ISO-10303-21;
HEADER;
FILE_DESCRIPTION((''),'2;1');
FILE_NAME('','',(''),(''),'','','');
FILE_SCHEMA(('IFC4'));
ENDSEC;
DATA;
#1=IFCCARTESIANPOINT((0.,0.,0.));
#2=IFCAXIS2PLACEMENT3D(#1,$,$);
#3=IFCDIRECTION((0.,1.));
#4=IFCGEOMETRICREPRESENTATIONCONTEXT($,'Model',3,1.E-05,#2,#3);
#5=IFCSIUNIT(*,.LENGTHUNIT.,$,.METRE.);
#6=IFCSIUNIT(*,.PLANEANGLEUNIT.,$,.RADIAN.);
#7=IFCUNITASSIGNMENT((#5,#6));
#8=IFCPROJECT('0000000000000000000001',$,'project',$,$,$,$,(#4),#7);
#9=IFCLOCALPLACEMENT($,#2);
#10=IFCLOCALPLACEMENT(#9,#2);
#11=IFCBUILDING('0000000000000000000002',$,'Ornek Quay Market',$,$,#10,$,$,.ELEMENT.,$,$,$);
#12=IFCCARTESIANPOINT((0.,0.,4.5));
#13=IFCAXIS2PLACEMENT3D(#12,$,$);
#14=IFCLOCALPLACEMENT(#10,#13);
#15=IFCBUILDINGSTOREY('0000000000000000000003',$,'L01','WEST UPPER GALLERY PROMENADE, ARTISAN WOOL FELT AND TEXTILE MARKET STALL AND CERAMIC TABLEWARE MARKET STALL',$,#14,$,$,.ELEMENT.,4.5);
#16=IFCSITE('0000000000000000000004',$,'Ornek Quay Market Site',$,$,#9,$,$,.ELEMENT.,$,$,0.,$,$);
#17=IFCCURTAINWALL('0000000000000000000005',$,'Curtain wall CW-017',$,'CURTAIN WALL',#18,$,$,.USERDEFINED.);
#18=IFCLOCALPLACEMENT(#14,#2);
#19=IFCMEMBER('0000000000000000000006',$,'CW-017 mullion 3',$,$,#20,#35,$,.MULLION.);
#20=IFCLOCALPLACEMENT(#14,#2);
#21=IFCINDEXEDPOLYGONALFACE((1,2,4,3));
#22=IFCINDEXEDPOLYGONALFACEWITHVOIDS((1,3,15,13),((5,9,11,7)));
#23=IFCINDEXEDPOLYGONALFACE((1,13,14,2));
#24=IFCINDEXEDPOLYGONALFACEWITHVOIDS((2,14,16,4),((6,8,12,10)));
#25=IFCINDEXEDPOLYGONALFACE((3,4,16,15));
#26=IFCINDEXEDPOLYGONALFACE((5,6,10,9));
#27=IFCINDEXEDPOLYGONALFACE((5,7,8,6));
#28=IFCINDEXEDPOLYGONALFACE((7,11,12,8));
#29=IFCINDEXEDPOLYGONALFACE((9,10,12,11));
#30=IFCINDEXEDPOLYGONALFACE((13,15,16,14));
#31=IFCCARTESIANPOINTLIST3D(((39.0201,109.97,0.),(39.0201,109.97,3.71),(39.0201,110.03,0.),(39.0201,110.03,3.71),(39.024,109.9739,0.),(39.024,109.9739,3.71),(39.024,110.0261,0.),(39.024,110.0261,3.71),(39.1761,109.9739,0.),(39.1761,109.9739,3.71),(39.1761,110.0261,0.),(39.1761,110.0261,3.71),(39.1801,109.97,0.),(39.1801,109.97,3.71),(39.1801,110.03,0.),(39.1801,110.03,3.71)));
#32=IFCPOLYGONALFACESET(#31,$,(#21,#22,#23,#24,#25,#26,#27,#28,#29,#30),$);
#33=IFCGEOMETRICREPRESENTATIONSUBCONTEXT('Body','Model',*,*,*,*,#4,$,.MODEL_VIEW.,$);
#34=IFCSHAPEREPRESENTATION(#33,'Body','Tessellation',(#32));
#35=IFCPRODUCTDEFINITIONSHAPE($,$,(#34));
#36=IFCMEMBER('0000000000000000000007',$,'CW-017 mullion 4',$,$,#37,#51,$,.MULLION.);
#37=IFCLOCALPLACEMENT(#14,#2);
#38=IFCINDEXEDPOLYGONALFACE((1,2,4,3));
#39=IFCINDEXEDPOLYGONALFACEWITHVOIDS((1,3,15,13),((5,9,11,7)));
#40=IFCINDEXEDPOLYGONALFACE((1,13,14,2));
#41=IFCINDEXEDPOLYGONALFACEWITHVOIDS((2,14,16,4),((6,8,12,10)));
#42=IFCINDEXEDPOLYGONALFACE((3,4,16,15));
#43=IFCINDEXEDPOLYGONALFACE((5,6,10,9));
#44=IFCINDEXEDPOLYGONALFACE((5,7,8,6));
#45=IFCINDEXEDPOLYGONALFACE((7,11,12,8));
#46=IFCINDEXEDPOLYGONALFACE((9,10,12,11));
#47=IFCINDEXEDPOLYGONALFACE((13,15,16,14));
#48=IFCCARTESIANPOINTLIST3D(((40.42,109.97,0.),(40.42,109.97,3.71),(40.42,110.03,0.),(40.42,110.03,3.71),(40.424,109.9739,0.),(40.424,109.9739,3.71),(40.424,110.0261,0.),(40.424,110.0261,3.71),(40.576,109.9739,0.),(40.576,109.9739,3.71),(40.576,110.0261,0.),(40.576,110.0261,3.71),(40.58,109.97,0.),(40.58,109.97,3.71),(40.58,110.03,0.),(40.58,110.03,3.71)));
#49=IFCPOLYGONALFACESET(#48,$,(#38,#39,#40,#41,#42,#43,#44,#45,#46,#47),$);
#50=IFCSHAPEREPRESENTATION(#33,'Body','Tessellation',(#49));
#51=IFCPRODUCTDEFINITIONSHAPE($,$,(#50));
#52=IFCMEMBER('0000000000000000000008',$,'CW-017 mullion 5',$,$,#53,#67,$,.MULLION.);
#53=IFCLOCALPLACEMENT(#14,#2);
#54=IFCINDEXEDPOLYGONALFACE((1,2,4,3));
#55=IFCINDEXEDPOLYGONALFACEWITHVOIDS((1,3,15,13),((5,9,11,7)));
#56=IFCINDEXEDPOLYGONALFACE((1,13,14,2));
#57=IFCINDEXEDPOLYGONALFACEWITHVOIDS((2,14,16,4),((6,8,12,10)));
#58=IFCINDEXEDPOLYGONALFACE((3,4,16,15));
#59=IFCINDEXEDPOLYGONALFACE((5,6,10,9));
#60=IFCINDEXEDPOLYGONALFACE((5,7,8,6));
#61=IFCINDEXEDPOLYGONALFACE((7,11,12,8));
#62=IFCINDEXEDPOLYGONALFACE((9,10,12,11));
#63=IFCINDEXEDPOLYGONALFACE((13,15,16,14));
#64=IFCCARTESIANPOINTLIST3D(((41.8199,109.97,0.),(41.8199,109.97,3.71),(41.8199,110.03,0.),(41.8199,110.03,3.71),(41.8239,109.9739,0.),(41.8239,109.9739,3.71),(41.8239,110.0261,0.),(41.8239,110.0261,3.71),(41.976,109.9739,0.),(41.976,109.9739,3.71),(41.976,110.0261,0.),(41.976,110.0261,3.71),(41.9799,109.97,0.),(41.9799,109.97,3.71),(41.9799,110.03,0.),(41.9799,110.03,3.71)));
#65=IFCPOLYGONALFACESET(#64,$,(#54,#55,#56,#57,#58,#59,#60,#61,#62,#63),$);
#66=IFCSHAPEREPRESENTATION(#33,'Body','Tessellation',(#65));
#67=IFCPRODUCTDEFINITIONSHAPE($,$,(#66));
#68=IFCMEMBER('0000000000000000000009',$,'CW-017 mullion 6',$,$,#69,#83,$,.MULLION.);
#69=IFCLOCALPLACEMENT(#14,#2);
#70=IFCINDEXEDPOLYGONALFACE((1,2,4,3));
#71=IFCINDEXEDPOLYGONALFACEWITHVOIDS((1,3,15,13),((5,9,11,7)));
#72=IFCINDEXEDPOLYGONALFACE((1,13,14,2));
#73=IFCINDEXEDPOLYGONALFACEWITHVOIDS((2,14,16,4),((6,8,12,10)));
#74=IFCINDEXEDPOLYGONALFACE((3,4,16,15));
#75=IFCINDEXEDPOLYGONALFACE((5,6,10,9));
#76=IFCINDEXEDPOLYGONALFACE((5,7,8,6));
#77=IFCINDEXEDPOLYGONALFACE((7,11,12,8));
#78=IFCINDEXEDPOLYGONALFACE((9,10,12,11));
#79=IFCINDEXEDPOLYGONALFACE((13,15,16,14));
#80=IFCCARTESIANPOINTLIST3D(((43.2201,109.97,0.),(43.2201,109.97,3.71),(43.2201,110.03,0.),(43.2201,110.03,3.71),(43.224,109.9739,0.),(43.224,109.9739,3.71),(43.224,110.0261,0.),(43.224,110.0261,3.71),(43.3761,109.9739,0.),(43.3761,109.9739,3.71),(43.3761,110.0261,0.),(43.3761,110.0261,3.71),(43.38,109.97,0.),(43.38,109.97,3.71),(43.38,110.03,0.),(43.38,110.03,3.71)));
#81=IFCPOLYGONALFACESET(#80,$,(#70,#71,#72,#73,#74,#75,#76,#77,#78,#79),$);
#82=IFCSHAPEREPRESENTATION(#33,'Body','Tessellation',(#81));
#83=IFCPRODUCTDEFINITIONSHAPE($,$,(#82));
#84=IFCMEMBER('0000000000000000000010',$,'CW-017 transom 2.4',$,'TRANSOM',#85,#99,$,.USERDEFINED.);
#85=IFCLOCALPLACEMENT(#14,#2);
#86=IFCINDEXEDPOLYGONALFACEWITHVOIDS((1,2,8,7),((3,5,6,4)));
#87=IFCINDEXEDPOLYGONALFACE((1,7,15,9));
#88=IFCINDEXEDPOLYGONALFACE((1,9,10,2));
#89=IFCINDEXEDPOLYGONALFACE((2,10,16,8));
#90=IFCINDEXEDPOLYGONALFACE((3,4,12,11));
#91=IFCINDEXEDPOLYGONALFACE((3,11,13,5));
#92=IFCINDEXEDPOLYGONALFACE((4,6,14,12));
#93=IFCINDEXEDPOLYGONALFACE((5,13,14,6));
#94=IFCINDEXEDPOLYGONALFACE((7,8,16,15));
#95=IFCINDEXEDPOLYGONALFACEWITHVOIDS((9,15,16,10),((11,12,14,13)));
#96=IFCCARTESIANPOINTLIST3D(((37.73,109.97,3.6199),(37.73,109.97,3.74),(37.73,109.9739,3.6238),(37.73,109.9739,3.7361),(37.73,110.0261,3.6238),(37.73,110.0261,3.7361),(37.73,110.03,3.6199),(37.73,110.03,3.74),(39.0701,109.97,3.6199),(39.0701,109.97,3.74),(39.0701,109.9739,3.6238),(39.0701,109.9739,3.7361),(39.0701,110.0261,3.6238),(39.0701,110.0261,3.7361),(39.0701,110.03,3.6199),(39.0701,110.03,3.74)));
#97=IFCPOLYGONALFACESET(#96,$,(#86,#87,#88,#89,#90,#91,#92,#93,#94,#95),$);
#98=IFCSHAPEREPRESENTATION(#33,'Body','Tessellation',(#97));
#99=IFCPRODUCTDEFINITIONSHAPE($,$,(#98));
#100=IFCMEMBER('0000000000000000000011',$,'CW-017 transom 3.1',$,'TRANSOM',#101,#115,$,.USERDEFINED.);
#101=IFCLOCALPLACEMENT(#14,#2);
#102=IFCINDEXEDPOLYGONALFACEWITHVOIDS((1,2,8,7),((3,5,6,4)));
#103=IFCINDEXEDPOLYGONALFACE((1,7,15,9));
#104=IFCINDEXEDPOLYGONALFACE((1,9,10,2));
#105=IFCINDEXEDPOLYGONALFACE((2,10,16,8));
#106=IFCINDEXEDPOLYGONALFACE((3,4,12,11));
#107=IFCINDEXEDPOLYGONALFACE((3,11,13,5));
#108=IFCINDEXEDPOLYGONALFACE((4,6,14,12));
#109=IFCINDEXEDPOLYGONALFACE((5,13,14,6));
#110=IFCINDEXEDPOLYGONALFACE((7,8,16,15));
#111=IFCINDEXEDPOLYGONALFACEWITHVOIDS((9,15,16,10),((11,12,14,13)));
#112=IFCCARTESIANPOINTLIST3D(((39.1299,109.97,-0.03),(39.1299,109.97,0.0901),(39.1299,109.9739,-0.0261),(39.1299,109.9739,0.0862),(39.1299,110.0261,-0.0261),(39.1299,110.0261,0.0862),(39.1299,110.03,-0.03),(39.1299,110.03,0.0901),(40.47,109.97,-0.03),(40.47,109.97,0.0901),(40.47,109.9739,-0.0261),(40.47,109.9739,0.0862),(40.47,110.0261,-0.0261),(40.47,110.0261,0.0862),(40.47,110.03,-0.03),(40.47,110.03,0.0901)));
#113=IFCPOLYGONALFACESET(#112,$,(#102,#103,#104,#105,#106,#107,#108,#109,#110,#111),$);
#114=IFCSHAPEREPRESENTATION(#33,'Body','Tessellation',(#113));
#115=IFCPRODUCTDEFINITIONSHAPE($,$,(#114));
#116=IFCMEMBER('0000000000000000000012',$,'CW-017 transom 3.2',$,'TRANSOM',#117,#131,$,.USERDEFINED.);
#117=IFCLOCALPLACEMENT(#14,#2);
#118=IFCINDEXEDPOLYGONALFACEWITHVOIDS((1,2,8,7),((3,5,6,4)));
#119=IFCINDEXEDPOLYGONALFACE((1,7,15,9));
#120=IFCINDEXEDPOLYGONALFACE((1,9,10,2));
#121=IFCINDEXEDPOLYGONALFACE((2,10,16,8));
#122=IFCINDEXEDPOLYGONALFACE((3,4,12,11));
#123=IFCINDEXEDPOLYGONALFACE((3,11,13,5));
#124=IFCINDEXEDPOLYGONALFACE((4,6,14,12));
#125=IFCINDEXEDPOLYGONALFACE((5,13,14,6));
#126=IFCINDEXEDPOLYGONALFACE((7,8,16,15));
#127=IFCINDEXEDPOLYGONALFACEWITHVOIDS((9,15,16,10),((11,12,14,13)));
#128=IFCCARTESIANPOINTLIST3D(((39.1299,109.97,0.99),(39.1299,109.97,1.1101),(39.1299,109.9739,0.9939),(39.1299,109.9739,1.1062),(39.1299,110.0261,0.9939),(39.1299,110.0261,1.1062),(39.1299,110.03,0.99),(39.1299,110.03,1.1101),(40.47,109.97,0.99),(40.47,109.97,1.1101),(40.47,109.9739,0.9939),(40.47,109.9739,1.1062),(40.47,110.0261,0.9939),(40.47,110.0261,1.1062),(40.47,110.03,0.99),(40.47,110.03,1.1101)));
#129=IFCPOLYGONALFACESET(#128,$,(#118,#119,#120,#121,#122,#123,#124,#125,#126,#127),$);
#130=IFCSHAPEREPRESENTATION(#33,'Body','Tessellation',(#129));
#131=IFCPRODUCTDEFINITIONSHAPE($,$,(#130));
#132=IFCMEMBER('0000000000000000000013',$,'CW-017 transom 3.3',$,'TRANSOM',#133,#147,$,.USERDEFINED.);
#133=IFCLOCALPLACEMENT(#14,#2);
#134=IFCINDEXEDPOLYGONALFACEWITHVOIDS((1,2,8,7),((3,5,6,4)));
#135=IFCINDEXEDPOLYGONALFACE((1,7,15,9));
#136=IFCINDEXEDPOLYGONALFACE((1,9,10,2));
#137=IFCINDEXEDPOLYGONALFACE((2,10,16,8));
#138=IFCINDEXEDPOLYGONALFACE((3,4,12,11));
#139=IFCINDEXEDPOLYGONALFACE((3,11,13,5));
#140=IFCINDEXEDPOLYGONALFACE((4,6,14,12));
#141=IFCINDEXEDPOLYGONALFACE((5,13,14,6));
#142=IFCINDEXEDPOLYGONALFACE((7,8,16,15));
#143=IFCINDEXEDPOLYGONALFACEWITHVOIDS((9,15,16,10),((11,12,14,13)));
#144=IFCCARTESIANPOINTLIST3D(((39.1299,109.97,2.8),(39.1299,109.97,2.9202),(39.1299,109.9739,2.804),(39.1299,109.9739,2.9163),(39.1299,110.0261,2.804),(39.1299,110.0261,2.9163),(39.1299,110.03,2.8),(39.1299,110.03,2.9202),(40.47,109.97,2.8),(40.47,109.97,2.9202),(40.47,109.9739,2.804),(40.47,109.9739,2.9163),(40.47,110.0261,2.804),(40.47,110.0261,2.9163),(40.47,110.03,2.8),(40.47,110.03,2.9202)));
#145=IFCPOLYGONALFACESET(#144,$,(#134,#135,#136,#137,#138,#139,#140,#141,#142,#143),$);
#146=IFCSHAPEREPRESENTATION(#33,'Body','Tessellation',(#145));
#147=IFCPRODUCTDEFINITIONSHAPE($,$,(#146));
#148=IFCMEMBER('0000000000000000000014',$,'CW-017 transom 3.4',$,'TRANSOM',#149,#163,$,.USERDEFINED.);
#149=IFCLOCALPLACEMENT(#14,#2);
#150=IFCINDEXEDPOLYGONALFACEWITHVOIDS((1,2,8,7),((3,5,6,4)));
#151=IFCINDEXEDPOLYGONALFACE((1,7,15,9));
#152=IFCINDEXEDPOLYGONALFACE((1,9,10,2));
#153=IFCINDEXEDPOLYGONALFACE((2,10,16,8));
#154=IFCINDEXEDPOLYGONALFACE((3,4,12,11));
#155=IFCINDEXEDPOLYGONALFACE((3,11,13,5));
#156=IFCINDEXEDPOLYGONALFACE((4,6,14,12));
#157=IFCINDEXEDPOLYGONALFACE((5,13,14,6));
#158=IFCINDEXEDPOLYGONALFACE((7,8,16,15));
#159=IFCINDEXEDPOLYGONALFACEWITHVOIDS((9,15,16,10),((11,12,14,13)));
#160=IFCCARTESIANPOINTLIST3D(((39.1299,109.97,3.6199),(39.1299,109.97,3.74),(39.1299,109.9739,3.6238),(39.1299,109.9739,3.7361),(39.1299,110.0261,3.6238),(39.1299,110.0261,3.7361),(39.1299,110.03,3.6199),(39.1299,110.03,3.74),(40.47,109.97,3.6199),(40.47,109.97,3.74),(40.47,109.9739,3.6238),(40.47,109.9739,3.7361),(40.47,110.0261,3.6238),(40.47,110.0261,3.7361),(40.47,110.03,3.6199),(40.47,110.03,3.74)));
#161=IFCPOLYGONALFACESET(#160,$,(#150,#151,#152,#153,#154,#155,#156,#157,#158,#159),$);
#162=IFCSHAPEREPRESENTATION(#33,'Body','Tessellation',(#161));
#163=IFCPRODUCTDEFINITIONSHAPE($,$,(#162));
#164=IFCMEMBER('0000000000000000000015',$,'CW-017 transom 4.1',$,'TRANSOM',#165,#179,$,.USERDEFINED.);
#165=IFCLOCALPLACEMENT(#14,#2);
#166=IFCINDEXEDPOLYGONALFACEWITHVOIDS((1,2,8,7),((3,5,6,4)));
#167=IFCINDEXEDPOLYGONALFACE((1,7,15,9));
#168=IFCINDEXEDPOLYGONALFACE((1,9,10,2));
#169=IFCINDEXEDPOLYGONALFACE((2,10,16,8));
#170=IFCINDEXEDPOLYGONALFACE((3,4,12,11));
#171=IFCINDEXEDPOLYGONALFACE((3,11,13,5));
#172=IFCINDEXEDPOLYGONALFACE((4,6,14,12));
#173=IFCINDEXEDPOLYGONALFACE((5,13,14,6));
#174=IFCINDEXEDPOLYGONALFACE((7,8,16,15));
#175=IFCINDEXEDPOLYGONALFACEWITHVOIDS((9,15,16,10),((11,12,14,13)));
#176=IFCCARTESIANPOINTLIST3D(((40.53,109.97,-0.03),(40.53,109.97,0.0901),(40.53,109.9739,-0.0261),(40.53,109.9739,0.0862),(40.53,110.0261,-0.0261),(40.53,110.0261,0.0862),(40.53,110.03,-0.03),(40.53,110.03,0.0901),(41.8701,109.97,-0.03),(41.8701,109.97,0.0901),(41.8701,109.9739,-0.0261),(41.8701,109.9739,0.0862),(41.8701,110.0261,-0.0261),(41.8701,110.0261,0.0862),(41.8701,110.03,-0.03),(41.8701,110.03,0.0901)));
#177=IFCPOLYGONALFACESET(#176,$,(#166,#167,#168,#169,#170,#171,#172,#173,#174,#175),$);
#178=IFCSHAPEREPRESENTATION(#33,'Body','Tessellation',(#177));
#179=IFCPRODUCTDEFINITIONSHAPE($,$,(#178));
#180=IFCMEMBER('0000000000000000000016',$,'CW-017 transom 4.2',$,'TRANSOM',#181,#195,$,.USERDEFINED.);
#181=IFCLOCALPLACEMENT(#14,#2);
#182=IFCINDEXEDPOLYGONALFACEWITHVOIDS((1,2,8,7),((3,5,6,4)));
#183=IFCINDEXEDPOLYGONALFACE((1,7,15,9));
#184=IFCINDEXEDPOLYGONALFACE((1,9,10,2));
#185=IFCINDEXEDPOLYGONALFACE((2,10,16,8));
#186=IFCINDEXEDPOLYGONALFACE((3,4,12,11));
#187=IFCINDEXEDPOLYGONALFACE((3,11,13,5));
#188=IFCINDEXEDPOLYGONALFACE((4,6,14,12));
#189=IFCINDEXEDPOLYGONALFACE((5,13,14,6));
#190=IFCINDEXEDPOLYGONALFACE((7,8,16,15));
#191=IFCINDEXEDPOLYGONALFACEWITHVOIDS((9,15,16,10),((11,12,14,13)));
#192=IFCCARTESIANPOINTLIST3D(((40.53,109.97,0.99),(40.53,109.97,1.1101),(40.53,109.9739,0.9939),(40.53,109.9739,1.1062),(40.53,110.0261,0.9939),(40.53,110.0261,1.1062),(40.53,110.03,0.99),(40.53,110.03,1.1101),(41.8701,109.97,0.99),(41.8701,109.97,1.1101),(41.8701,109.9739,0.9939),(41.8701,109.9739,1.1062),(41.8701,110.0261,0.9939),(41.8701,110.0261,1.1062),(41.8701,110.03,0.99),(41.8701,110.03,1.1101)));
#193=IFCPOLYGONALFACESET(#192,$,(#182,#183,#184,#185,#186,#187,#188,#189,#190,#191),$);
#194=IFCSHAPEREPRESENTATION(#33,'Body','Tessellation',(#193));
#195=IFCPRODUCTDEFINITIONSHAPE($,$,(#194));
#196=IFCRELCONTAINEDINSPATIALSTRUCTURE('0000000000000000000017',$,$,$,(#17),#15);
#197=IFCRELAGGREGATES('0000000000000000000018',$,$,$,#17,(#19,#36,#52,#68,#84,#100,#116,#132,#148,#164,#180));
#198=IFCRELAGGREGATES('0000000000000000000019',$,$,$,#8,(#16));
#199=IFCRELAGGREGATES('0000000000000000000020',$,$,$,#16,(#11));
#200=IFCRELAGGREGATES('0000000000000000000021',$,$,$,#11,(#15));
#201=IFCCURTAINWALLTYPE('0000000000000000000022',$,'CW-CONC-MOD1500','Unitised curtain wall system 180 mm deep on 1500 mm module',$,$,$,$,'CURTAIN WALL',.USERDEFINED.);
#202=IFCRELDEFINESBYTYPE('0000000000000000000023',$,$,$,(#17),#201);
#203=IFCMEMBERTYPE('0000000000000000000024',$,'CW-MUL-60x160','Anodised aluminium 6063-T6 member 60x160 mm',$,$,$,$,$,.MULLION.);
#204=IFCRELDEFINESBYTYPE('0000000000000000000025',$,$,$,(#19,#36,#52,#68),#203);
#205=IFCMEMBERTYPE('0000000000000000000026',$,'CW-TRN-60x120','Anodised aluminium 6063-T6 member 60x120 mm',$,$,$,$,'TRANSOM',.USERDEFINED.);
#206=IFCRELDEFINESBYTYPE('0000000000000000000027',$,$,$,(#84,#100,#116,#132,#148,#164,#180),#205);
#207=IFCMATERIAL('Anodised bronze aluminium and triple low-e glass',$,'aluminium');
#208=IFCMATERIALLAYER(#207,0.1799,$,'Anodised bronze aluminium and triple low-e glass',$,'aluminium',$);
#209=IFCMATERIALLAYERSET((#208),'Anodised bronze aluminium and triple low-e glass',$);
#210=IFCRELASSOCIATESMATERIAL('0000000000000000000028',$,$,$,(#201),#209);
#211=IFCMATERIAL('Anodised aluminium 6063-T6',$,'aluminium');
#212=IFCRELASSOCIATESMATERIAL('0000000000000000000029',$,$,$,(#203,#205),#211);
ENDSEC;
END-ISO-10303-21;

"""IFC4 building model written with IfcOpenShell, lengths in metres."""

from ifc_helpers import new_model, si_unit, direction, frame, origin, origin_2d, place, context, subcontext, project, spatial, hollow_rectangle, extrude, material, layer, layer_set, material_profile, profile_set, type_object, element, aggregate, save


model = new_model("IFC4")

# Units and contexts
model_context = context("Model", 3, precision=1e-05, world=origin(), true_north=direction((0.0, 1.0)))
body_context = subcontext(model_context, "Body", "Model", "MODEL_VIEW")
ifc_project = project(units=[si_unit("LENGTHUNIT", "METRE"), si_unit("PLANEANGLEUNIT", "RADIAN")], contexts=[model_context])

# Site, building, storey
site_placement = place(None, origin())
site = spatial("IfcSite", under=ifc_project, at=site_placement, Name="Ornek Quay Market Site", CompositionType="ELEMENT", RefElevation=0.0)
building_placement = place(site_placement, origin())
building = spatial("IfcBuilding", under=site, at=building_placement, Name="Ornek Quay Market", CompositionType="ELEMENT")
storey_placement = place(building_placement, frame((0.0, 0.0, 4.5)))
storey = spatial("IfcBuildingStorey", under=building, at=storey_placement, Name="L01", Description="WEST UPPER GALLERY PROMENADE, ARTISAN WOOL FELT AND TEXTILE MARKET STALL AND CERAMIC TABLEWARE MARKET STALL", CompositionType="ELEMENT", Elevation=4.5)

# Curtain wall, members
ifc_material_1 = material(Name="Anodised bronze aluminium and triple low-e glass", Category="aluminium")
ifc_layer_1 = layer(ifc_material_1, 0.1799, Name="Anodised bronze aluminium and triple low-e glass", Category="aluminium")
ifc_layer_set_1 = layer_set([ifc_layer_1], Name="Anodised bronze aluminium and triple low-e glass")
curtain_wall_type = type_object("IfcCurtainWallType", Name="CW-CONC-MOD1500", Description="Unitised curtain wall system 180 mm deep on 1500 mm module", ElementType="CURTAIN WALL", PredefinedType="USERDEFINED", material=ifc_layer_set_1)
curtain_wall_placement = place(storey_placement, origin())
curtain_wall = element("IfcCurtainWall", 1, at=curtain_wall_placement, inside=storey, type_object=curtain_wall_type, Name="Curtain wall CW-017", ObjectType="CURTAIN WALL", PredefinedType="USERDEFINED")
ifc_material_2 = material(Name="Anodised aluminium 6063-T6", Category="aluminium")
ifc_material_profile_1 = material_profile(ifc_material_2, hollow_rectangle(XDim=0.0601, YDim=0.1599, WallThickness=0.0039, at=origin_2d()), Name="CW-MUL-60x160", Category="aluminium")
ifc_profile_set_1 = profile_set([ifc_material_profile_1], Name="Anodised aluminium 6063-T6")
member_type_1 = type_object("IfcMemberType", Name="CW-MUL-60x160", Description="Anodised aluminium 6063-T6 member 60x160 mm", PredefinedType="MULLION", material=ifc_profile_set_1)
member_1_placement = place(storey_placement, frame((39.1001, 110.0, 0.0), z_axis=(0.0, 0.0, 1.0), x_axis=(0.0, 1.0, 0.0)))
member_1 = element("IfcMember", 2, at=member_1_placement, type_object=member_type_1, Name="CW-017 mullion 3", PredefinedType="MULLION", context=body_context, shape_type="SweptSolid", body=[
    extrude(hollow_rectangle(XDim=0.0601, YDim=0.1599, WallThickness=0.0039, at=origin_2d()), origin(), (0.0, 0.0, 1.0), 3.71),
])
member_2_placement = place(storey_placement, frame((40.5, 110.0, 0.0), z_axis=(0.0, 0.0, 1.0), x_axis=(0.0, 1.0, 0.0)))
member_2 = element("IfcMember", 3, at=member_2_placement, type_object=member_type_1, Name="CW-017 mullion 4", PredefinedType="MULLION", context=body_context, shape_type="SweptSolid", body=[
    extrude(hollow_rectangle(XDim=0.0601, YDim=0.1599, WallThickness=0.0039, at=origin_2d()), origin(), (0.0, 0.0, 1.0), 3.71),
])
member_3_placement = place(storey_placement, frame((41.8999, 110.0, 0.0), z_axis=(0.0, 0.0, 1.0), x_axis=(0.0, 1.0, 0.0)))
member_3 = element("IfcMember", 4, at=member_3_placement, type_object=member_type_1, Name="CW-017 mullion 5", PredefinedType="MULLION", context=body_context, shape_type="SweptSolid", body=[
    extrude(hollow_rectangle(XDim=0.0601, YDim=0.1599, WallThickness=0.0039, at=origin_2d()), origin(), (0.0, 0.0, 1.0), 3.71),
])
member_4_placement = place(storey_placement, frame((43.3, 110.0, 0.0), z_axis=(0.0, 0.0, 1.0), x_axis=(0.0, 1.0, 0.0)))
member_4 = element("IfcMember", 5, at=member_4_placement, type_object=member_type_1, Name="CW-017 mullion 6", PredefinedType="MULLION", context=body_context, shape_type="SweptSolid", body=[
    extrude(hollow_rectangle(XDim=0.0601, YDim=0.1599, WallThickness=0.0039, at=origin_2d()), origin(), (0.0, 0.0, 1.0), 3.71),
])
ifc_material_profile_2 = material_profile(ifc_material_2, hollow_rectangle(XDim=0.0601, YDim=0.1201, WallThickness=0.0039, at=origin_2d()), Name="CW-TRN-60x120", Category="aluminium")
ifc_profile_set_2 = profile_set([ifc_material_profile_2], Name="Anodised aluminium 6063-T6")
member_type_2 = type_object("IfcMemberType", Name="CW-TRN-60x120", Description="Anodised aluminium 6063-T6 member 60x120 mm", ElementType="TRANSOM", PredefinedType="USERDEFINED", material=ifc_profile_set_2)
member_5_placement = place(storey_placement, frame((37.73, 110.0, 3.6799), z_axis=(1.0, 0.0, 0.0), x_axis=(0.0, 1.0, 0.0)))
member_5 = element("IfcMember", 6, at=member_5_placement, type_object=member_type_2, Name="CW-017 transom 2.4", ObjectType="TRANSOM", PredefinedType="USERDEFINED", context=body_context, shape_type="SweptSolid", body=[
    extrude(hollow_rectangle(XDim=0.0601, YDim=0.1201, WallThickness=0.0039, at=origin_2d()), origin(), (0.0, 0.0, 1.0), 1.3401),
])
member_6_placement = place(storey_placement, frame((39.1299, 110.0, 0.03), z_axis=(1.0, 0.0, 0.0), x_axis=(0.0, 1.0, 0.0)))
member_6 = element("IfcMember", 7, at=member_6_placement, type_object=member_type_2, Name="CW-017 transom 3.1", ObjectType="TRANSOM", PredefinedType="USERDEFINED", context=body_context, shape_type="SweptSolid", body=[
    extrude(hollow_rectangle(XDim=0.0601, YDim=0.1201, WallThickness=0.0039, at=origin_2d()), origin(), (0.0, 0.0, 1.0), 1.3401),
])
member_7_placement = place(storey_placement, frame((39.1299, 110.0, 1.05), z_axis=(1.0, 0.0, 0.0), x_axis=(0.0, 1.0, 0.0)))
member_7 = element("IfcMember", 8, at=member_7_placement, type_object=member_type_2, Name="CW-017 transom 3.2", ObjectType="TRANSOM", PredefinedType="USERDEFINED", context=body_context, shape_type="SweptSolid", body=[
    extrude(hollow_rectangle(XDim=0.0601, YDim=0.1201, WallThickness=0.0039, at=origin_2d()), origin(), (0.0, 0.0, 1.0), 1.3401),
])
member_8_placement = place(storey_placement, frame((39.1299, 110.0, 2.8601), z_axis=(1.0, 0.0, 0.0), x_axis=(0.0, 1.0, 0.0)))
member_8 = element("IfcMember", 9, at=member_8_placement, type_object=member_type_2, Name="CW-017 transom 3.3", ObjectType="TRANSOM", PredefinedType="USERDEFINED", context=body_context, shape_type="SweptSolid", body=[
    extrude(hollow_rectangle(XDim=0.0601, YDim=0.1201, WallThickness=0.0039, at=origin_2d()), origin(), (0.0, 0.0, 1.0), 1.3401),
])
member_9_placement = place(storey_placement, frame((39.1299, 110.0, 3.6799), z_axis=(1.0, 0.0, 0.0), x_axis=(0.0, 1.0, 0.0)))
member_9 = element("IfcMember", 10, at=member_9_placement, type_object=member_type_2, Name="CW-017 transom 3.4", ObjectType="TRANSOM", PredefinedType="USERDEFINED", context=body_context, shape_type="SweptSolid", body=[
    extrude(hollow_rectangle(XDim=0.0601, YDim=0.1201, WallThickness=0.0039, at=origin_2d()), origin(), (0.0, 0.0, 1.0), 1.3401),
])
member_10_placement = place(storey_placement, frame((40.53, 110.0, 0.03), z_axis=(1.0, 0.0, 0.0), x_axis=(0.0, 1.0, 0.0)))
member_10 = element("IfcMember", 11, at=member_10_placement, type_object=member_type_2, Name="CW-017 transom 4.1", ObjectType="TRANSOM", PredefinedType="USERDEFINED", context=body_context, shape_type="SweptSolid", body=[
    extrude(hollow_rectangle(XDim=0.0601, YDim=0.1201, WallThickness=0.0039, at=origin_2d()), origin(), (0.0, 0.0, 1.0), 1.3401),
])
member_11_placement = place(storey_placement, frame((40.53, 110.0, 1.05), z_axis=(1.0, 0.0, 0.0), x_axis=(0.0, 1.0, 0.0)))
member_11 = element("IfcMember", 12, at=member_11_placement, type_object=member_type_2, Name="CW-017 transom 4.2", ObjectType="TRANSOM", PredefinedType="USERDEFINED", context=body_context, shape_type="SweptSolid", body=[
    extrude(hollow_rectangle(XDim=0.0601, YDim=0.1201, WallThickness=0.0039, at=origin_2d()), origin(), (0.0, 0.0, 1.0), 1.3401),
])
aggregate(curtain_wall, [member_1, member_2, member_3, member_4, member_5, member_6, member_7, member_8, member_9, member_10, member_11])

save(model, "model.ifc")
